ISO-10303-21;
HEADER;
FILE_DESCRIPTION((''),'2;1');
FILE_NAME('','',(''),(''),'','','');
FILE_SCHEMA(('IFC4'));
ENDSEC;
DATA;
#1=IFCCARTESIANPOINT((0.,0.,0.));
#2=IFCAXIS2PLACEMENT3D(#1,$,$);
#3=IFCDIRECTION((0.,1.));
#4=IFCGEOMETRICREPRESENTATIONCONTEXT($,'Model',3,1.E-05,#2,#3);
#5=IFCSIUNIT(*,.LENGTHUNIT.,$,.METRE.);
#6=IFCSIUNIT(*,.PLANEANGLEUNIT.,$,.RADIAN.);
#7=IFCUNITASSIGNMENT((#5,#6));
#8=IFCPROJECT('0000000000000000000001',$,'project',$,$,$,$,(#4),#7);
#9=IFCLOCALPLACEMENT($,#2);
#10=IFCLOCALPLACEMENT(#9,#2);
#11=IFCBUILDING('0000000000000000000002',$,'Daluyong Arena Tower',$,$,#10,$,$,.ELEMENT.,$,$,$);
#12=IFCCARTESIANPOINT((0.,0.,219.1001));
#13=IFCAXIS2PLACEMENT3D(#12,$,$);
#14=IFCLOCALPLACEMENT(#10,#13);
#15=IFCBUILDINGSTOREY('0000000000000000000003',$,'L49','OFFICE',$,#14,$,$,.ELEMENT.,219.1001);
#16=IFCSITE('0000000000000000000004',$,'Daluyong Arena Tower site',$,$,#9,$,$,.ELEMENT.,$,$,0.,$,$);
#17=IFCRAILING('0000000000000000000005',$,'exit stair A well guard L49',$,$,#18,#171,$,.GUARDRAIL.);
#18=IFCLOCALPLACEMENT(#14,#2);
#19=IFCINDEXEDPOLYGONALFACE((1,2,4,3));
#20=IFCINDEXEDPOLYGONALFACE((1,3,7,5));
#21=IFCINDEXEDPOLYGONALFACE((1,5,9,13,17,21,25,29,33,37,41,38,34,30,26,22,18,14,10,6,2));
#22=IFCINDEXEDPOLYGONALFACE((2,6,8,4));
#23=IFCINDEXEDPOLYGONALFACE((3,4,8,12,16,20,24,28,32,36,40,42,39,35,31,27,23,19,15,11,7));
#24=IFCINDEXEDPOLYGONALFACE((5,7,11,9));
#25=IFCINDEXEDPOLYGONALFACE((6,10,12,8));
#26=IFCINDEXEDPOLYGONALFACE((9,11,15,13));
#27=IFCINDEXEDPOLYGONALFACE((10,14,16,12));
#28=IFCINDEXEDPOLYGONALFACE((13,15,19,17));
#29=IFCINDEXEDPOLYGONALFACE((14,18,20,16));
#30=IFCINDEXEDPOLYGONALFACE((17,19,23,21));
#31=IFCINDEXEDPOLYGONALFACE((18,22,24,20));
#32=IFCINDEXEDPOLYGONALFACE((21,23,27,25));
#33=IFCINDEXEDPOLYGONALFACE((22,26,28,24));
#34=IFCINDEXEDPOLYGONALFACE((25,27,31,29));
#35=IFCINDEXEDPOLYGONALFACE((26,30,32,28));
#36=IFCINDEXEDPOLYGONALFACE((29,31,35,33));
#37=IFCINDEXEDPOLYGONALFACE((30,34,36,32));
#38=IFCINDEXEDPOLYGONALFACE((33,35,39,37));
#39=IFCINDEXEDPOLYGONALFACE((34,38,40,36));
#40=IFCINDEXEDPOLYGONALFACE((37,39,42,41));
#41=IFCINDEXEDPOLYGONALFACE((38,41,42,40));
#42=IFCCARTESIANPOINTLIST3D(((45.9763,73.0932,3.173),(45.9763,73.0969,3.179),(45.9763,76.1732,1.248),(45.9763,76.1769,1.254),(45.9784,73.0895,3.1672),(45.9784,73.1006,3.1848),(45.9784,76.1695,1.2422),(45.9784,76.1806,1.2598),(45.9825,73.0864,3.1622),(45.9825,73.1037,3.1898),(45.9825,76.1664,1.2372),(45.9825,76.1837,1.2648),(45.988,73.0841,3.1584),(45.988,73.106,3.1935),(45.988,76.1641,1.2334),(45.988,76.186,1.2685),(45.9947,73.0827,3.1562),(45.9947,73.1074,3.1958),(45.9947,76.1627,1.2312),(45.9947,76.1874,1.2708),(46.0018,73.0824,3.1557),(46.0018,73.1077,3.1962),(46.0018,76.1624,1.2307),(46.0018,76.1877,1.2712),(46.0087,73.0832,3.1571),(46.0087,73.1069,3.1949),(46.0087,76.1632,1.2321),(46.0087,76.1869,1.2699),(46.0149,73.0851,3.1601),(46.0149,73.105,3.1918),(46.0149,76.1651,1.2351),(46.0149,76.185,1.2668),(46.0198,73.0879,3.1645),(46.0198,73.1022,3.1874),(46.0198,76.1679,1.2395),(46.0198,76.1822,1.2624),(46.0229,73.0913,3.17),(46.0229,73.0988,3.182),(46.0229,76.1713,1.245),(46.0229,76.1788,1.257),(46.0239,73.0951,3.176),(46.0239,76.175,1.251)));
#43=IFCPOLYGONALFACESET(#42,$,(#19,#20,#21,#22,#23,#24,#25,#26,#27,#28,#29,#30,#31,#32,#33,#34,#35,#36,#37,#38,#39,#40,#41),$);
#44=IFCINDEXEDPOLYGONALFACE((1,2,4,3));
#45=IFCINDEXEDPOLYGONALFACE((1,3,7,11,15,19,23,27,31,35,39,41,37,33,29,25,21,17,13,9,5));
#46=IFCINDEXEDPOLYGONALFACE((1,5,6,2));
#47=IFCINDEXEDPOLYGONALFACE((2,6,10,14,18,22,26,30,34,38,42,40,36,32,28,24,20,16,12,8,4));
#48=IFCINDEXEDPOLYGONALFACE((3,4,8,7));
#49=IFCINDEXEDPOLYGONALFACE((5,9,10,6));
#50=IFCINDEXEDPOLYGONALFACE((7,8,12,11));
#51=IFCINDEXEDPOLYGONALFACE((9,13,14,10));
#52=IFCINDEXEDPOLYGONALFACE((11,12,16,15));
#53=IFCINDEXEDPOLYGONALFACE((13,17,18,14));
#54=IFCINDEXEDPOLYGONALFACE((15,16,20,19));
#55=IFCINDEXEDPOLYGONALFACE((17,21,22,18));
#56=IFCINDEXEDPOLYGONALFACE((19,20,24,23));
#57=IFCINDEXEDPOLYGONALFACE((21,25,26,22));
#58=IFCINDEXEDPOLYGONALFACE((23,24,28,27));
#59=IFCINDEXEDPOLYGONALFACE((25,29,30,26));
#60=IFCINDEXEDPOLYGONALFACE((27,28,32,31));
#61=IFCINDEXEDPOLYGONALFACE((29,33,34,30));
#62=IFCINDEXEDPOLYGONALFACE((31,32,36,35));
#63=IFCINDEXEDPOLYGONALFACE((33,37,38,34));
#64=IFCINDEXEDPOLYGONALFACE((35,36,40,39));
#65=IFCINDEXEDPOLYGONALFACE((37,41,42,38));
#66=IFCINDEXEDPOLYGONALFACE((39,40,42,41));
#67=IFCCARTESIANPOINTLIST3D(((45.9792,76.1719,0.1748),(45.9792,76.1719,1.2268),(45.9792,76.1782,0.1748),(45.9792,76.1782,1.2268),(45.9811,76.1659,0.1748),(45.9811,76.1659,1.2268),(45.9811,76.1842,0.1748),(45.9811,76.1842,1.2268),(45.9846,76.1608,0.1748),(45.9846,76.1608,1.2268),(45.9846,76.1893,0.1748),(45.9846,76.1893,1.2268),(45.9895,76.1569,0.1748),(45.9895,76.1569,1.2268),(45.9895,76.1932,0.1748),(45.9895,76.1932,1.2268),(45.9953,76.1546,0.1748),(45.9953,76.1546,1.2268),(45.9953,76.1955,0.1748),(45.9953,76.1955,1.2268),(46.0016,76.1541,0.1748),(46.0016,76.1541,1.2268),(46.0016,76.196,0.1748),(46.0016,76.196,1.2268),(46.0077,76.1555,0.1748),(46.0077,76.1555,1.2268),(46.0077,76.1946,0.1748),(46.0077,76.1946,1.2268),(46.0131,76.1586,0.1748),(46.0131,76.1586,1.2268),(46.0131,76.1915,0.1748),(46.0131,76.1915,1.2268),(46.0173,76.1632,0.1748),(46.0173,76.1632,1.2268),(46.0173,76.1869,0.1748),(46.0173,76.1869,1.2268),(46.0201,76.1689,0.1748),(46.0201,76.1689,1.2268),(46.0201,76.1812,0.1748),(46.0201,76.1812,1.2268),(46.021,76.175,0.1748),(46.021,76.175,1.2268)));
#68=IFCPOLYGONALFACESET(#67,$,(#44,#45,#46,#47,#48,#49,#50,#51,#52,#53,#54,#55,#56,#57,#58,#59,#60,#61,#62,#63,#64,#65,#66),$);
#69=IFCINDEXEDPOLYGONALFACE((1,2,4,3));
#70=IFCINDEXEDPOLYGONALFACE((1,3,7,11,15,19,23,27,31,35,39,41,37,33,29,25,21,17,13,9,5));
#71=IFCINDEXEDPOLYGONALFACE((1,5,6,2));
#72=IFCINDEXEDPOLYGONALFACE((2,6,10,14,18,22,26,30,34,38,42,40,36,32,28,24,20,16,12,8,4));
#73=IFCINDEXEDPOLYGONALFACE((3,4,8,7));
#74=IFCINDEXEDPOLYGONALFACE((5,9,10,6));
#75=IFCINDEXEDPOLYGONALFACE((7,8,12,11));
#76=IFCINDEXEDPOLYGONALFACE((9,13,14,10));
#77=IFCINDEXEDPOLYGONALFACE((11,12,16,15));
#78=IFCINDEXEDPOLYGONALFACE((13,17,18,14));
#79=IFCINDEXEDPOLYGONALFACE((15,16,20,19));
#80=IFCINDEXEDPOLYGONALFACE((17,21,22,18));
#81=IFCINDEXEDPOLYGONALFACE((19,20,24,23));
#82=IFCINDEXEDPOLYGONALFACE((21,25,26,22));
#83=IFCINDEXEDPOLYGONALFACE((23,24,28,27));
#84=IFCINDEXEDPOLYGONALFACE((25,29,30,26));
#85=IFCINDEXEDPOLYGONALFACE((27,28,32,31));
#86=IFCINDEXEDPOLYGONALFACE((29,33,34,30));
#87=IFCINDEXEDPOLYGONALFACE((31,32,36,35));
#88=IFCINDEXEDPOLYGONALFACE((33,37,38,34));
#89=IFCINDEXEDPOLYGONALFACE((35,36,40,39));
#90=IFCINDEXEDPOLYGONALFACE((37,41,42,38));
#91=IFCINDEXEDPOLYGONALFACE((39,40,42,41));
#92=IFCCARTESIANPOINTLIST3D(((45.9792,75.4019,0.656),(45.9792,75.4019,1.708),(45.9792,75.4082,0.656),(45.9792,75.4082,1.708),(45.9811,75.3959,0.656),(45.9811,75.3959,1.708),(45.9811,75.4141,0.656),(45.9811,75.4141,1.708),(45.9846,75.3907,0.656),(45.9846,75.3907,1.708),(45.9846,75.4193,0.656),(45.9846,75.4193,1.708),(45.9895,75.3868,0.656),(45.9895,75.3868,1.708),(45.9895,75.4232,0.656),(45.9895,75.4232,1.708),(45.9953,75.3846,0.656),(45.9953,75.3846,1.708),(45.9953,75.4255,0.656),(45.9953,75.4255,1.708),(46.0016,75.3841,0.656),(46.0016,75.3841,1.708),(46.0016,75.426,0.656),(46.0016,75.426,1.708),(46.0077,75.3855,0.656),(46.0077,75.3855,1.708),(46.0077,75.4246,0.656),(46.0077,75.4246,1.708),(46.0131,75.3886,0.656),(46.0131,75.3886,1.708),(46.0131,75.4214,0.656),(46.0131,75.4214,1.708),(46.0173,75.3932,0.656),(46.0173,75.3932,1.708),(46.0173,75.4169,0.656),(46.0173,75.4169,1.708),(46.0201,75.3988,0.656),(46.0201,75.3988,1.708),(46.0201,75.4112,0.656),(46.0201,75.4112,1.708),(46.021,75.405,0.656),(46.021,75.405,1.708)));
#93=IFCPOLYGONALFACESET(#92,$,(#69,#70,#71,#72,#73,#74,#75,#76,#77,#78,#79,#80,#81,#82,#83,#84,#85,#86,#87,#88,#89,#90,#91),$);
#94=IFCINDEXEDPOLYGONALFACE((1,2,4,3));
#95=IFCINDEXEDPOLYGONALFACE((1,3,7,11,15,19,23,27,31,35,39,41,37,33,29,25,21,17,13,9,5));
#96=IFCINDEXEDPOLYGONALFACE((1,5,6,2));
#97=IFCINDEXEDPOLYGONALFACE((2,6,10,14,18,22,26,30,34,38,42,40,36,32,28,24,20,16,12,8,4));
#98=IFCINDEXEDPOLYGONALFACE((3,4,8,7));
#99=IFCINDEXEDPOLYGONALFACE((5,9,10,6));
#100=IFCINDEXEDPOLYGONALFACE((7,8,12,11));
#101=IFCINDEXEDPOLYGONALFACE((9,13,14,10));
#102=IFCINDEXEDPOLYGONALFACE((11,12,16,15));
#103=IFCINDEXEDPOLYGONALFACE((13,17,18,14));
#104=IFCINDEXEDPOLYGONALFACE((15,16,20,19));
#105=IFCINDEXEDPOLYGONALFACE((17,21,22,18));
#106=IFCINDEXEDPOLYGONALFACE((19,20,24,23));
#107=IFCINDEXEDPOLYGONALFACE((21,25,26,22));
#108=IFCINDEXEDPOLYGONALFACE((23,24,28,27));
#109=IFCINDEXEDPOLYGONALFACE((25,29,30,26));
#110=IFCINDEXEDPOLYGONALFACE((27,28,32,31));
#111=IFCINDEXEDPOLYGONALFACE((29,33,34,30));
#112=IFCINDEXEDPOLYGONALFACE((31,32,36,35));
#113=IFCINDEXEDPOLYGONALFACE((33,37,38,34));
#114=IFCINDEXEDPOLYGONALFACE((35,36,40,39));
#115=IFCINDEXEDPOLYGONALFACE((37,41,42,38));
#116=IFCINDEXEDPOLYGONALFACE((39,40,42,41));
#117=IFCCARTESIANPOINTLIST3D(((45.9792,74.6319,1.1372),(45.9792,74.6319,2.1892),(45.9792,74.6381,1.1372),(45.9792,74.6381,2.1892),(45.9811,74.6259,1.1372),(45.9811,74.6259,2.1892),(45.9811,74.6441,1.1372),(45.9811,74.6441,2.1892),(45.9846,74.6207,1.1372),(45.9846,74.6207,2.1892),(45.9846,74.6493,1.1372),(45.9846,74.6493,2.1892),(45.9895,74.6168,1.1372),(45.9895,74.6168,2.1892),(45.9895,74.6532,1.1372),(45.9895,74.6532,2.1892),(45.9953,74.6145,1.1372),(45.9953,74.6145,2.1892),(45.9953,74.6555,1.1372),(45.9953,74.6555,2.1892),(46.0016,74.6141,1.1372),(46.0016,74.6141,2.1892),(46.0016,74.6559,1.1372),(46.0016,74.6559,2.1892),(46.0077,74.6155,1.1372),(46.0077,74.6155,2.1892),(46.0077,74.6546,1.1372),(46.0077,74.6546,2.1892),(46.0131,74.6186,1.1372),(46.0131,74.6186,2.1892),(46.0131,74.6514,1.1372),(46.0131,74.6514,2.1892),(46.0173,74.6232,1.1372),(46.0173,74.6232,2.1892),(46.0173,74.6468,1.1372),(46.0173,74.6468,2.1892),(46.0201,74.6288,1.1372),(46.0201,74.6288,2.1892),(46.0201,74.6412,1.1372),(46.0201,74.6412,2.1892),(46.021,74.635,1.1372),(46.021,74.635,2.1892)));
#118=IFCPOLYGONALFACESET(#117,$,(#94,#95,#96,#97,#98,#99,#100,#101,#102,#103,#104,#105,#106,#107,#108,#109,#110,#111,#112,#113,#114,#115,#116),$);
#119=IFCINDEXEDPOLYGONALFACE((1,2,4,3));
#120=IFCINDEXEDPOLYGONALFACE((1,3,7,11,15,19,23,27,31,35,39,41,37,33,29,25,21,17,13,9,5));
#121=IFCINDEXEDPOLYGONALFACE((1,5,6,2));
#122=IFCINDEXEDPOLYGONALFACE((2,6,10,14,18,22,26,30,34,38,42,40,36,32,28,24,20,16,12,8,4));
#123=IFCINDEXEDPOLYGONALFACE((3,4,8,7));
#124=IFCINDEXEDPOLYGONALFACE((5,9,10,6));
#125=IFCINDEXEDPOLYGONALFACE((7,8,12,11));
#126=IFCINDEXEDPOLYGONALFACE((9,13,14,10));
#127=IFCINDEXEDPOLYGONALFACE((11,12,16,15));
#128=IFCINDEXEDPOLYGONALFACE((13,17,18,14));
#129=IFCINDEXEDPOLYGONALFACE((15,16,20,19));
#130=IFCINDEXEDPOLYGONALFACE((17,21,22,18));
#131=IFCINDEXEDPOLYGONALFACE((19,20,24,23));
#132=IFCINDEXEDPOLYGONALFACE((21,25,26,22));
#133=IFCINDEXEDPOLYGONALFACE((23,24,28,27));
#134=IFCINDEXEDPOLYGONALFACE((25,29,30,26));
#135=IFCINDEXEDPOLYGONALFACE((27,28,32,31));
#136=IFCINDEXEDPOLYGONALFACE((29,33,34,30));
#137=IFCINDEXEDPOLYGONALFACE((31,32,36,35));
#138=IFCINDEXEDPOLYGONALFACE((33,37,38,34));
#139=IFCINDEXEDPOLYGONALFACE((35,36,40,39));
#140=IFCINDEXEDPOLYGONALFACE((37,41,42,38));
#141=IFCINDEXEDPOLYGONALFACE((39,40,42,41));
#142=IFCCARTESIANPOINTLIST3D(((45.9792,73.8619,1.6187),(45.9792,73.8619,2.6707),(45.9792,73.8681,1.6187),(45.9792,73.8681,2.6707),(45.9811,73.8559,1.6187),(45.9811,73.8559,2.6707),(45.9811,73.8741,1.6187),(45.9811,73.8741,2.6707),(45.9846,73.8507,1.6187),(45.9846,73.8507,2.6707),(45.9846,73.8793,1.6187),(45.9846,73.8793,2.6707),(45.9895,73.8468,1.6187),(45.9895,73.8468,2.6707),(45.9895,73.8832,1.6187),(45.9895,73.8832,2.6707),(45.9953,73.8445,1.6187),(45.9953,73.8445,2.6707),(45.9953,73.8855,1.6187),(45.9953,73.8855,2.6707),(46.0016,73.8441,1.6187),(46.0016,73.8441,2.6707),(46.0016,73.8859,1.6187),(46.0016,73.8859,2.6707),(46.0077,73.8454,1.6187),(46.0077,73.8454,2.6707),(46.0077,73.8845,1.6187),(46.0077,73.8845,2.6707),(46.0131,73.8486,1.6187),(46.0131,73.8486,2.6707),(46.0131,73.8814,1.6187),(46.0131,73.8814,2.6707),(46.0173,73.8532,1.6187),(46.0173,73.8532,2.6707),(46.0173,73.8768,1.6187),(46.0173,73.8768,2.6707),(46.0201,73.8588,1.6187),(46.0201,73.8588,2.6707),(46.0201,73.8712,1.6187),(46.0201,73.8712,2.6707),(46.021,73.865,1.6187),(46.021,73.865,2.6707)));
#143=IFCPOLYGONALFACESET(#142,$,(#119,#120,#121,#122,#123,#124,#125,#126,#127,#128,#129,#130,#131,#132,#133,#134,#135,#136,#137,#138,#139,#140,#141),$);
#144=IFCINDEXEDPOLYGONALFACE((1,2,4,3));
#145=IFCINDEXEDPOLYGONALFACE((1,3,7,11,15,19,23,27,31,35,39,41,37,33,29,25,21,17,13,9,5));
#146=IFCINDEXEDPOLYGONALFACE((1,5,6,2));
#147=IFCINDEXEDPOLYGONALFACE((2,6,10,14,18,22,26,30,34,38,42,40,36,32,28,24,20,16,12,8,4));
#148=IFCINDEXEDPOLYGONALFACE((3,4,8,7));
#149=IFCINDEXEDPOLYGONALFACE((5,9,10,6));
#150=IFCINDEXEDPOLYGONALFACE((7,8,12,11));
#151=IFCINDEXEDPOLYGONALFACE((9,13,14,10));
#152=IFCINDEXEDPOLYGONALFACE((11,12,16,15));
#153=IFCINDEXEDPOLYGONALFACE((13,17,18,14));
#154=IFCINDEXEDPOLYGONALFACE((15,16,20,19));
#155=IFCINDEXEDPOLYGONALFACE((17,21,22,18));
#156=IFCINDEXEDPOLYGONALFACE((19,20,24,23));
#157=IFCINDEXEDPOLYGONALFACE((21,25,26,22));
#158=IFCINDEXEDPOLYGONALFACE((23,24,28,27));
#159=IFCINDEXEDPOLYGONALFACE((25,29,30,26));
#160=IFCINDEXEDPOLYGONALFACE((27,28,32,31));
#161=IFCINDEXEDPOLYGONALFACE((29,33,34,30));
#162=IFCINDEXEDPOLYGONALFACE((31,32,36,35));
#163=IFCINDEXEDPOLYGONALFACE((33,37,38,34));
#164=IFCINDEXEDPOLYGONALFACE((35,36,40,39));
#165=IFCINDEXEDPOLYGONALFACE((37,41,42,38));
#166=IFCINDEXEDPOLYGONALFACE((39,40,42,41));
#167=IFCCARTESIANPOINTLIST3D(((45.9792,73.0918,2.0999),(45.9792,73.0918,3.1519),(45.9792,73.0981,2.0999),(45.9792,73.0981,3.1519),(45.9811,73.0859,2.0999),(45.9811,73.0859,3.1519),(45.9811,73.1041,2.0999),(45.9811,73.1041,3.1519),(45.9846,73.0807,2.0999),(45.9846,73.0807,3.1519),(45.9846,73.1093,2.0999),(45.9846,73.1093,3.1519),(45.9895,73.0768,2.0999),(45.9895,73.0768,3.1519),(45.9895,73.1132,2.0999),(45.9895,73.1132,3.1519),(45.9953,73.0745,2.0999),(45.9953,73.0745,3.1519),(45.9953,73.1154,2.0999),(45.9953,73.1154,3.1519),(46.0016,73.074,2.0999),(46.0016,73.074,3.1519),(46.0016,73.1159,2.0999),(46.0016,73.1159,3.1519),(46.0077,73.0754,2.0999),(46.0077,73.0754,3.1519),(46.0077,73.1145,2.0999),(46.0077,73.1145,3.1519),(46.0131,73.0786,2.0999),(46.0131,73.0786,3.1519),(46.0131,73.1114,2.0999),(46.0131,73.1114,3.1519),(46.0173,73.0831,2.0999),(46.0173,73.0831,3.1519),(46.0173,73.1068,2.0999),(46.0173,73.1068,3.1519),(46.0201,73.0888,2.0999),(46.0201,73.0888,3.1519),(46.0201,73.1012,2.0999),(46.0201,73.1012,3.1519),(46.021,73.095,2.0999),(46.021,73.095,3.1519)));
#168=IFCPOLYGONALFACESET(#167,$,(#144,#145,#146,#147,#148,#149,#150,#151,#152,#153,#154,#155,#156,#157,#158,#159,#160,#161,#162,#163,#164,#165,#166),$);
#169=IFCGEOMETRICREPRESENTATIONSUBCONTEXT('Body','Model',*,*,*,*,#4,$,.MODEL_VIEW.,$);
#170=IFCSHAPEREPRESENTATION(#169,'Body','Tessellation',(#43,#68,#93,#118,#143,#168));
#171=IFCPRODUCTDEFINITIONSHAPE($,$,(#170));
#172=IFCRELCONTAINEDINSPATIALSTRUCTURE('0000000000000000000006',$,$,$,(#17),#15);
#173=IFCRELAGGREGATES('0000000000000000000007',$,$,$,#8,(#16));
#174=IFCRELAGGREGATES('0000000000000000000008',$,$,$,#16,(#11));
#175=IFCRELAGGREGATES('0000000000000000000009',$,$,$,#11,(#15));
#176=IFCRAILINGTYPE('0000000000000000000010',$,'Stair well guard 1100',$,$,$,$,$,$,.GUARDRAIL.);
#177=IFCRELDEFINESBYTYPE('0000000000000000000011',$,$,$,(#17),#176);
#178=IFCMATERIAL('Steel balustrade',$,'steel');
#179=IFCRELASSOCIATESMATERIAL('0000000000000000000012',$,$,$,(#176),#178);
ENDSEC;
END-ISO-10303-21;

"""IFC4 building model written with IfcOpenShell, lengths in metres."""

from ifc_helpers import new_model, si_unit, direction, frame, origin, origin_2d, place, context, subcontext, project, spatial, circle, extrude, material, type_object, element, save


model = new_model("IFC4")

# Units and contexts
model_context = context("Model", 3, precision=1e-05, world=origin(), true_north=direction((0.0, 1.0)))
body_context = subcontext(model_context, "Body", "Model", "MODEL_VIEW")
ifc_project = project(units=[si_unit("LENGTHUNIT", "METRE"), si_unit("PLANEANGLEUNIT", "RADIAN")], contexts=[model_context])

# Site, building, storey
site_placement = place(None, origin())
site = spatial("IfcSite", under=ifc_project, at=site_placement, Name="Daluyong Arena Tower site", CompositionType="ELEMENT", RefElevation=0.0)
building_placement = place(site_placement, origin())
building = spatial("IfcBuilding", under=site, at=building_placement, Name="Daluyong Arena Tower", CompositionType="ELEMENT")
storey_placement = place(building_placement, frame((0.0, 0.0, 219.1001)))
storey = spatial("IfcBuildingStorey", under=building, at=storey_placement, Name="L49", Description="OFFICE", CompositionType="ELEMENT", Elevation=219.1001)

# Railing
ifc_material_1 = material(Name="Steel balustrade", Category="steel")
railing_type_1 = type_object("IfcRailingType", Name="Stair well guard 1100", PredefinedType="GUARDRAIL", material=ifc_material_1)
railing_1_placement = place(storey_placement, frame((46.0, 76.175, 0.1748)))
element("IfcRailing", 1, at=railing_1_placement, inside=storey, type_object=railing_type_1, Name="exit stair A well guard L49", PredefinedType="GUARDRAIL", context=body_context, shape_type="SweptSolid", body=[
    extrude(circle(Radius=0.0239, at=origin_2d()), frame((0.0, 0.0, 1.0762), z_axis=(0.0, -0.847998, 0.529999), x_axis=(1.0, 0.0, 0.0)), (0.0, 0.0, 1.0), 3.6321),
    extrude(circle(Radius=0.021, at=origin_2d()), origin(), (0.0, 0.0, 1.0), 1.052),
    extrude(circle(Radius=0.021, at=origin_2d()), frame((0.0, -0.77, 0.4812)), (0.0, 0.0, 1.0), 1.052),
    extrude(circle(Radius=0.021, at=origin_2d()), frame((0.0, -1.54, 0.9624)), (0.0, 0.0, 1.0), 1.052),
    extrude(circle(Radius=0.021, at=origin_2d()), frame((0.0, -2.3101, 1.4438)), (0.0, 0.0, 1.0), 1.052),
    extrude(circle(Radius=0.021, at=origin_2d()), frame((0.0, -3.0801, 1.925)), (0.0, 0.0, 1.0), 1.052),
])

save(model, "model.ifc")
